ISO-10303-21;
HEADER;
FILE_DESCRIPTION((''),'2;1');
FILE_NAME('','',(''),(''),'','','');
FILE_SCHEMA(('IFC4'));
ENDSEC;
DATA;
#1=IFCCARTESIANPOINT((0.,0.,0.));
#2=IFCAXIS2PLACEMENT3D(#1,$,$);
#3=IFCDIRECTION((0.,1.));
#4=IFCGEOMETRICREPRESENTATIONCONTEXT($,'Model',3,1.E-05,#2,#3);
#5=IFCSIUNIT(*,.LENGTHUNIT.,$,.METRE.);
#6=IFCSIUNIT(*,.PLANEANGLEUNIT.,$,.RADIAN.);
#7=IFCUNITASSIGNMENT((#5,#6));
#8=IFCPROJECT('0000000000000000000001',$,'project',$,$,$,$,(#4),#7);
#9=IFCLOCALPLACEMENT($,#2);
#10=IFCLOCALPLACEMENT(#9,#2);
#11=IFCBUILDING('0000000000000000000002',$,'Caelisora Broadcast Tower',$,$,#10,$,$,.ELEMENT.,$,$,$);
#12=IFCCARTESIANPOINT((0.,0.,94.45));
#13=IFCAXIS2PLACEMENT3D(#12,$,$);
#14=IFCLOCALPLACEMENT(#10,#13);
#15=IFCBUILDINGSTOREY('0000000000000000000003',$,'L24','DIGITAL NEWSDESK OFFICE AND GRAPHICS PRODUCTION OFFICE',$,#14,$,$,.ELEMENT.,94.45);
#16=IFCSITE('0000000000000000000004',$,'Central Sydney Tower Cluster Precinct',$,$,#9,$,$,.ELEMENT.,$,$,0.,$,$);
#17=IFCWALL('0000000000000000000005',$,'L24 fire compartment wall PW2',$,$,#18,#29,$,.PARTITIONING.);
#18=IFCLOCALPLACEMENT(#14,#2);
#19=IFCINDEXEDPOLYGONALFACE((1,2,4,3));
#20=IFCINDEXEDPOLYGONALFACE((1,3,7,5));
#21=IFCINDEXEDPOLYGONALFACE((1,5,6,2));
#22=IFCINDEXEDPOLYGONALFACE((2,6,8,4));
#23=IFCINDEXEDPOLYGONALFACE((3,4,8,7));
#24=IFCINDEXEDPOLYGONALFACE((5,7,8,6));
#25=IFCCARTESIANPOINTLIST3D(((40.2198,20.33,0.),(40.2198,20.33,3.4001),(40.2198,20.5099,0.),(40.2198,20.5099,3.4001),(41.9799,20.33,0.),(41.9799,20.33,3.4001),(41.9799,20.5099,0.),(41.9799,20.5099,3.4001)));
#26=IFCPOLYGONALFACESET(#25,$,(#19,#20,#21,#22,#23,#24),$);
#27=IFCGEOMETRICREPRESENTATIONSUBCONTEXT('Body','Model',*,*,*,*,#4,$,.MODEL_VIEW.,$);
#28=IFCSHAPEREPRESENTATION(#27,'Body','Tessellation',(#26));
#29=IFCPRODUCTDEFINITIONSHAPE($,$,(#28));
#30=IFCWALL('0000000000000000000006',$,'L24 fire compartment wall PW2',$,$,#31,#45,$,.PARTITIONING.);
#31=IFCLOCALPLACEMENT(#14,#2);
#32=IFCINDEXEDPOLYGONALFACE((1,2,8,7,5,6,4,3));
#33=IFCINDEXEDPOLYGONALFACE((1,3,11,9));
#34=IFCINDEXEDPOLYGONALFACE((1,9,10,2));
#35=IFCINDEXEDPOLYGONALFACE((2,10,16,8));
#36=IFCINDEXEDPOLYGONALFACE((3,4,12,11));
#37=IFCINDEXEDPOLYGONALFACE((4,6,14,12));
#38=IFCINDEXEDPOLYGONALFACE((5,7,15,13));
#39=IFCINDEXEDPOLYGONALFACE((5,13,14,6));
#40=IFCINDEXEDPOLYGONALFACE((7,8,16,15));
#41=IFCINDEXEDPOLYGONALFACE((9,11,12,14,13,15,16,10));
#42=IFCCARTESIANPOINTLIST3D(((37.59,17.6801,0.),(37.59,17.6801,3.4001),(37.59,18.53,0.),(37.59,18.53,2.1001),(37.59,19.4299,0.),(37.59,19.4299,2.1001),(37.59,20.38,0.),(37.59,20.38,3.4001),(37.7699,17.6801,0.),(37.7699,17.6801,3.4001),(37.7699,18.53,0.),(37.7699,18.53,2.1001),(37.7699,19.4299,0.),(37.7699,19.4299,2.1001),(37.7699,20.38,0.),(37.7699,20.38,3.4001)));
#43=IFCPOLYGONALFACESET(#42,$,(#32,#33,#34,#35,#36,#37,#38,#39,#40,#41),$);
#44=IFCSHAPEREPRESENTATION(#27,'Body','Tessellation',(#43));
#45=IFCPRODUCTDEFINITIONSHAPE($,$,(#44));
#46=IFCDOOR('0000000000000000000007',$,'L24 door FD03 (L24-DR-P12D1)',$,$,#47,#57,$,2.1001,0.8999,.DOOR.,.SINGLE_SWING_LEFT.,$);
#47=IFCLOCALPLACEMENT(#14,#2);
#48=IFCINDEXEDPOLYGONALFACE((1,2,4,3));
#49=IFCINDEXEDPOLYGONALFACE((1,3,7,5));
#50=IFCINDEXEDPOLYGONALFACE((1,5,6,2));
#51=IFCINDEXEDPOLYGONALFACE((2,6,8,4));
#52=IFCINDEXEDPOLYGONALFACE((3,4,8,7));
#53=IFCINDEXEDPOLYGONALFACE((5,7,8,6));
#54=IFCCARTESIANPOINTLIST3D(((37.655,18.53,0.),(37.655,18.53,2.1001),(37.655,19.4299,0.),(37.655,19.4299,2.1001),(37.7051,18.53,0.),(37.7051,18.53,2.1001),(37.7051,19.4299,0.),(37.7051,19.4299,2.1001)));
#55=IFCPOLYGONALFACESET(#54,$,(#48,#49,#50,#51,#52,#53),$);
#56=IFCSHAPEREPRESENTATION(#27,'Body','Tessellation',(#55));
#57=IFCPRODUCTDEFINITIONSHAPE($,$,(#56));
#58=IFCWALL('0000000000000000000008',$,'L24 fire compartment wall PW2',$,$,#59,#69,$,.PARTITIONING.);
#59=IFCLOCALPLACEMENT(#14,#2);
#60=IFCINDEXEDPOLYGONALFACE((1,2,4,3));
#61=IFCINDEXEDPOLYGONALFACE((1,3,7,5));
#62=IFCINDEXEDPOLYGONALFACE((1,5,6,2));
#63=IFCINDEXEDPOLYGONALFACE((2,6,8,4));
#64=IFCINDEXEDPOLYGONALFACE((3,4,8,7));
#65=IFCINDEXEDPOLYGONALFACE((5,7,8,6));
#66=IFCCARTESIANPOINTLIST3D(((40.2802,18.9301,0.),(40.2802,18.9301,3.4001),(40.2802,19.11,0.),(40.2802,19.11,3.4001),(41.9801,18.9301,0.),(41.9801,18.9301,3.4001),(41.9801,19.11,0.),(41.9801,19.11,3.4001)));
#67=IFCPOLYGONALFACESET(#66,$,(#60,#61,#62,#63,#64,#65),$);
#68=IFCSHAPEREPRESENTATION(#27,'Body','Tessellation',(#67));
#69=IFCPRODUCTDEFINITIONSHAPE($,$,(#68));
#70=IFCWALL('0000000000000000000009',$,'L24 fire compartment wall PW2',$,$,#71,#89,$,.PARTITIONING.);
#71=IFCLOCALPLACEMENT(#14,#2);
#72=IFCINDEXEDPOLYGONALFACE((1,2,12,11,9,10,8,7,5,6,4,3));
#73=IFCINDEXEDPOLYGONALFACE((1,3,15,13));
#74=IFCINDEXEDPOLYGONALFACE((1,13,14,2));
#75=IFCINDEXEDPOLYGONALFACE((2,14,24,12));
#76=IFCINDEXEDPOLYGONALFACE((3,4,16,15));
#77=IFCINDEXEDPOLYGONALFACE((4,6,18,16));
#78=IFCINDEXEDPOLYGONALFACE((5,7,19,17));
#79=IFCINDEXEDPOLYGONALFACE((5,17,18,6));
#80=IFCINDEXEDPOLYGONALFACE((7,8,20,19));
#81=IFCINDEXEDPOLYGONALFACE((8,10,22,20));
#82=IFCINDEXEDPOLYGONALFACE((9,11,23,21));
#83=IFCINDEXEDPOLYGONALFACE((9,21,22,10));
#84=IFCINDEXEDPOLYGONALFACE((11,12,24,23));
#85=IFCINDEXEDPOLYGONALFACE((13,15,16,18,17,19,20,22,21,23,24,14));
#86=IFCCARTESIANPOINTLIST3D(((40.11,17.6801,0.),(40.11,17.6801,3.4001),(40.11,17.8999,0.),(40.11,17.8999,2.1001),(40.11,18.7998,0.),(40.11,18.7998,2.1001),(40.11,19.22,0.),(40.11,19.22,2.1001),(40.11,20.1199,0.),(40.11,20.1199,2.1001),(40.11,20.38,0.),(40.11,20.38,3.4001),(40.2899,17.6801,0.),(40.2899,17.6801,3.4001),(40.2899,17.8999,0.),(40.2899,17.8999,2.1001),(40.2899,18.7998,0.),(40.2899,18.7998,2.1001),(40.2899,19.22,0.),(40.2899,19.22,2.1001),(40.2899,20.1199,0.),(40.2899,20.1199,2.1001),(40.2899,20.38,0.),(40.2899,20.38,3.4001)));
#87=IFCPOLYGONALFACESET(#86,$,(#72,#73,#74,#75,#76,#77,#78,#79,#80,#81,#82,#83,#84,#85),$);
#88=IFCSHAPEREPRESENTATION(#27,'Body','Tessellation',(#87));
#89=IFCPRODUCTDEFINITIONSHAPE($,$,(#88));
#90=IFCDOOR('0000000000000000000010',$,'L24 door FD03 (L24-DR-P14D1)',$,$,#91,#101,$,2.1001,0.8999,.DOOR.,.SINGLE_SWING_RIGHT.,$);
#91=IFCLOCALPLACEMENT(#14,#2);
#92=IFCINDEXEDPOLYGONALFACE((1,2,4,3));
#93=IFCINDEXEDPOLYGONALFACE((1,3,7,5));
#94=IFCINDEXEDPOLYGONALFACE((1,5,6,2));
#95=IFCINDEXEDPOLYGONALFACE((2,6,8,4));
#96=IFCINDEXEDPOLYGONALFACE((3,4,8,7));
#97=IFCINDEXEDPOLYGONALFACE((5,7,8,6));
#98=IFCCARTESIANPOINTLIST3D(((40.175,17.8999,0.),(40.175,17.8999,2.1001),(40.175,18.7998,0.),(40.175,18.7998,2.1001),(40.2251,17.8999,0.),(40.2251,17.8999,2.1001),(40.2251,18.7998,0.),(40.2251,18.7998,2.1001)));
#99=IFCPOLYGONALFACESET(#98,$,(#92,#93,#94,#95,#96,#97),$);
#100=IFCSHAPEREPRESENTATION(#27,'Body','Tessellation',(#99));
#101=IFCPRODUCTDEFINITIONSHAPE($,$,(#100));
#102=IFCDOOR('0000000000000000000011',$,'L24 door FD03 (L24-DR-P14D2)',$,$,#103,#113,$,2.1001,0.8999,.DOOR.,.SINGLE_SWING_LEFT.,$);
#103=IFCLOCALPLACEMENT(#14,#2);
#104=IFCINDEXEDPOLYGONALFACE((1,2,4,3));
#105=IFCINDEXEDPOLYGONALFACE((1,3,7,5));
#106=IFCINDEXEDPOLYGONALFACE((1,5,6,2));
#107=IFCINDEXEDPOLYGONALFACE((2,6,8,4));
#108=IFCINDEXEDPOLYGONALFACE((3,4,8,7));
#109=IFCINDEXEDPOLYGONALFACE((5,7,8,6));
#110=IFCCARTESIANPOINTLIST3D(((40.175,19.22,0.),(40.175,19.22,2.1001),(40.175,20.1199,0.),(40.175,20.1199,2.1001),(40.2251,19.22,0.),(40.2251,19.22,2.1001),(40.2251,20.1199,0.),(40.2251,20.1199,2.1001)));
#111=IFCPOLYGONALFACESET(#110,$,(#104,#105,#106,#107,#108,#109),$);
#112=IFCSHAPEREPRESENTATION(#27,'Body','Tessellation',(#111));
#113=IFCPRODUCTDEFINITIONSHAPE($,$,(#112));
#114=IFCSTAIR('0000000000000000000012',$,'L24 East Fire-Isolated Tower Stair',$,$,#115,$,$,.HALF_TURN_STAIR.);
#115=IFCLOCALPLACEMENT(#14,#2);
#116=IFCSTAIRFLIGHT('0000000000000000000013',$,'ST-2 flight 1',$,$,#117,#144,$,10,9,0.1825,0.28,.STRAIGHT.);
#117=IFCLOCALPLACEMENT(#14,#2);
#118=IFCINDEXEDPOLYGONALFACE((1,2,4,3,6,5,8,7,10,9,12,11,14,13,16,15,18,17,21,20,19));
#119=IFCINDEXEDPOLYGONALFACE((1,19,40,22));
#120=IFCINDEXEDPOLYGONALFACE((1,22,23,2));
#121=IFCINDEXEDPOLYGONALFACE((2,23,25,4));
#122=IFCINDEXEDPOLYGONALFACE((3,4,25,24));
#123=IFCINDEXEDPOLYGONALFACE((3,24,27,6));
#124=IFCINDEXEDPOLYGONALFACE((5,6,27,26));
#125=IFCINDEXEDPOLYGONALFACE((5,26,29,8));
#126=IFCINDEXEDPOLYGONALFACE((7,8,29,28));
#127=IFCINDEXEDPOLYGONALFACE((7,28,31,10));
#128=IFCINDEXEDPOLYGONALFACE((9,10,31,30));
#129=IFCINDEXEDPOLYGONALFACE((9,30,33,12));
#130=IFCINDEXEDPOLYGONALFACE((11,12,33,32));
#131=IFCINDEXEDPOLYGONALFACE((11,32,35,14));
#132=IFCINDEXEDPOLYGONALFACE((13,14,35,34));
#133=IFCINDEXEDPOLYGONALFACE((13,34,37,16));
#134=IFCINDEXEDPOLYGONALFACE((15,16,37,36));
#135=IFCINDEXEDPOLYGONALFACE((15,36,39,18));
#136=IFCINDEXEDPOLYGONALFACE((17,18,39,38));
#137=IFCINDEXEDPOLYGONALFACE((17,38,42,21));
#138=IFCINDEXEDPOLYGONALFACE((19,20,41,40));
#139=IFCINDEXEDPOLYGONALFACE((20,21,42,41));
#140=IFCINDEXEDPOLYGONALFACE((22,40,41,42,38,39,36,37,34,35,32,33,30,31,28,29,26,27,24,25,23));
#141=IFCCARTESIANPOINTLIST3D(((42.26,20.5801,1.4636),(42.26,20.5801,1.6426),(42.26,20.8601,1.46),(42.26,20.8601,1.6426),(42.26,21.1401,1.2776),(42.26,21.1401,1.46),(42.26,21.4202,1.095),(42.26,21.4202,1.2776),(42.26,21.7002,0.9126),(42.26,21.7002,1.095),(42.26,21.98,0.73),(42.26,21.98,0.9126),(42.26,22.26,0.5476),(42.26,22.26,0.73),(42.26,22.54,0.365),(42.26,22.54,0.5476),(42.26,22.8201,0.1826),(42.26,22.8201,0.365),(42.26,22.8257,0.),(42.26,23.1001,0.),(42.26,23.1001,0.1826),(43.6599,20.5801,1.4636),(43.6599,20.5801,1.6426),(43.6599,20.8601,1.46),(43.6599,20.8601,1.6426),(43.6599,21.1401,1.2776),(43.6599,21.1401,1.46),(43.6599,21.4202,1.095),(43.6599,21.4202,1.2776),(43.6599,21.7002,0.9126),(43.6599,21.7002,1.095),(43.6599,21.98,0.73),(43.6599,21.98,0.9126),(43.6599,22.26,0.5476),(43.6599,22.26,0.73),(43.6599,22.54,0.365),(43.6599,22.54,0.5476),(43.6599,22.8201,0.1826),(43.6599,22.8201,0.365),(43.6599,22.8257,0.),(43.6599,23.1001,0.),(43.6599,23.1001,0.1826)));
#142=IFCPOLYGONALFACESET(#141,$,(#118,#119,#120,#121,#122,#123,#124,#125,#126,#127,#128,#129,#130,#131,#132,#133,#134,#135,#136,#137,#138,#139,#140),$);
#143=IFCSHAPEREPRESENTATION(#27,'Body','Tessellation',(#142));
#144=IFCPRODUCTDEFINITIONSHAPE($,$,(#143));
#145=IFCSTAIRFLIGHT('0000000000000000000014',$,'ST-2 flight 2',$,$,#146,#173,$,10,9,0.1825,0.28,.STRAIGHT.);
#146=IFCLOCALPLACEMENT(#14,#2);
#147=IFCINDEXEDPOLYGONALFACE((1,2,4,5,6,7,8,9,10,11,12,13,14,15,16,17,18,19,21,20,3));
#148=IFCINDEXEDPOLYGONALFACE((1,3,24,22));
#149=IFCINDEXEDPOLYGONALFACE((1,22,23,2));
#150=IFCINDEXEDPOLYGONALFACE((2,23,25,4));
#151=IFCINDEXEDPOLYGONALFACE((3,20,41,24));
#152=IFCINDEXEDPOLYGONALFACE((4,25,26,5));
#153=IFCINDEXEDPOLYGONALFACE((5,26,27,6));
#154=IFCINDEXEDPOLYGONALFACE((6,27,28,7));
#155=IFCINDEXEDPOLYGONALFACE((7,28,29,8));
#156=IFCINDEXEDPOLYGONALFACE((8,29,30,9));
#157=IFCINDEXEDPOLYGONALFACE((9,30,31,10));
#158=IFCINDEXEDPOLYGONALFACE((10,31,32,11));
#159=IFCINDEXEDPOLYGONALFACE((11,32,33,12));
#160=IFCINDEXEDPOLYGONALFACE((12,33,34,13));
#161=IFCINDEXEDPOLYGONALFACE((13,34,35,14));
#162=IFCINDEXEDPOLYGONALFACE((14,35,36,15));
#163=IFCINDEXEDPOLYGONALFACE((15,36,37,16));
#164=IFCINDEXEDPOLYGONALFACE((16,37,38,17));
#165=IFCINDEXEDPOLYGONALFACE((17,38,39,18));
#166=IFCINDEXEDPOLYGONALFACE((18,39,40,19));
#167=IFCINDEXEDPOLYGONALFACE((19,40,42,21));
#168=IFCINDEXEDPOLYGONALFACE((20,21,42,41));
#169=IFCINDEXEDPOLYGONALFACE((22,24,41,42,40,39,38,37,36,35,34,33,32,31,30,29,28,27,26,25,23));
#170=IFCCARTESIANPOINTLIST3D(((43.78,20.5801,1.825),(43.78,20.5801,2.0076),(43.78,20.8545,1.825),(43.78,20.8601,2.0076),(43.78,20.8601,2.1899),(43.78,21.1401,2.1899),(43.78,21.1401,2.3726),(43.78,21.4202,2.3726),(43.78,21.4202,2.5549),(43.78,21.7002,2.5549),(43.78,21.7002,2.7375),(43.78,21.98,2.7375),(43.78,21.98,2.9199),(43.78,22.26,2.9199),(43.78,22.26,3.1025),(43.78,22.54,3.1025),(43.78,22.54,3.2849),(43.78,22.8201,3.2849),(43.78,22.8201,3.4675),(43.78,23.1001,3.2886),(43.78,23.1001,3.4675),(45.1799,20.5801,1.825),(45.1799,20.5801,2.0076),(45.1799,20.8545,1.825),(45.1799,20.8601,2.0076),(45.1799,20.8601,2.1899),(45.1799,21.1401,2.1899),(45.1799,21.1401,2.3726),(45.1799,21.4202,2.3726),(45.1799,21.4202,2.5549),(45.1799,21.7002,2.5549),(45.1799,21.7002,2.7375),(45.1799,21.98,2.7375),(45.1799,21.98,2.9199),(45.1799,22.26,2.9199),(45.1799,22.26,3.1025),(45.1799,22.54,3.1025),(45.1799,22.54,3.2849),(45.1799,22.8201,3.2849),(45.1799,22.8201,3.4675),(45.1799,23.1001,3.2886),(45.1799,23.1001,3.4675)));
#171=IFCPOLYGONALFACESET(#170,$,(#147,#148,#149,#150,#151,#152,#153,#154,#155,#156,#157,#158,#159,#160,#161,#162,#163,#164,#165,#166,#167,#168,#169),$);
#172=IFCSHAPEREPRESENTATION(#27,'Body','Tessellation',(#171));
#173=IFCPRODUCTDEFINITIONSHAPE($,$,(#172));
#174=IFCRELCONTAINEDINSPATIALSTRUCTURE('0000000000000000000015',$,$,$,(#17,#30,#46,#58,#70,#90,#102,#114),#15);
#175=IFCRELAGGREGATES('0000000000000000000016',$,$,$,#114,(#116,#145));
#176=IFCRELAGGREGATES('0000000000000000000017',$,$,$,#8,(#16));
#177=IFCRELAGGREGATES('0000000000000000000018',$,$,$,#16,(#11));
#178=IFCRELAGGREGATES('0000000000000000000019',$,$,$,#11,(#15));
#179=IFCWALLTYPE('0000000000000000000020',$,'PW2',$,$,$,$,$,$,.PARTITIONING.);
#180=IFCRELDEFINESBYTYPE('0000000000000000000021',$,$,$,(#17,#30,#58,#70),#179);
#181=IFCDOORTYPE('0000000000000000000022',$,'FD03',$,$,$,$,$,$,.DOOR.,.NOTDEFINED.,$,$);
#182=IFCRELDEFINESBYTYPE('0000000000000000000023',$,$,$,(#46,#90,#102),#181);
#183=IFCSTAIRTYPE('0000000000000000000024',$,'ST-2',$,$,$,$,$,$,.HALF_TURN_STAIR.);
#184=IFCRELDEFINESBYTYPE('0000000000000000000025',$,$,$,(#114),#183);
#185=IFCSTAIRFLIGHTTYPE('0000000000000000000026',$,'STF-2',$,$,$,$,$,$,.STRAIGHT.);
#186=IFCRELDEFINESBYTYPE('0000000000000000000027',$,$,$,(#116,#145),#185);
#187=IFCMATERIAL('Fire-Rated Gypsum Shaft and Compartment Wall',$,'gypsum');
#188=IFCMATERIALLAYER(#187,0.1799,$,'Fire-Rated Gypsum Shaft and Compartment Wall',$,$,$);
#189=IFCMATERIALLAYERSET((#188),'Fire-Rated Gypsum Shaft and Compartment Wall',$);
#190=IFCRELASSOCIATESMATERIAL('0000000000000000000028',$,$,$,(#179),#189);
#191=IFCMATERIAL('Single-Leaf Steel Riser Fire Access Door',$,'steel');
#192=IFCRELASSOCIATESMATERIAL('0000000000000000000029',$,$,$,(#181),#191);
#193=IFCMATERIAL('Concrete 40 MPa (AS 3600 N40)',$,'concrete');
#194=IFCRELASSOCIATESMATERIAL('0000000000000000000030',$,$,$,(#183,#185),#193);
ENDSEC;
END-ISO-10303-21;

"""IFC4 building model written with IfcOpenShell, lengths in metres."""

from ifc_helpers import new_model, si_unit, direction, frame, frame_2d, origin, place, context, subcontext, project, spatial, polyline, rectangle, outline, extrude, material, layer, layer_set, type_object, element, fill, aggregate, save


model = new_model("IFC4")

# Units and contexts
model_context = context("Model", 3, precision=1e-05, world=origin(), true_north=direction((0.0, 1.0)))
body_context = subcontext(model_context, "Body", "Model", "MODEL_VIEW")
ifc_project = project(units=[si_unit("LENGTHUNIT", "METRE"), si_unit("PLANEANGLEUNIT", "RADIAN")], contexts=[model_context])

# Site, building, storey
site_placement = place(None, origin())
site = spatial("IfcSite", under=ifc_project, at=site_placement, Name="Central Sydney Tower Cluster Precinct", CompositionType="ELEMENT", RefElevation=0.0)
building_placement = place(site_placement, origin())
building = spatial("IfcBuilding", under=site, at=building_placement, Name="Caelisora Broadcast Tower", CompositionType="ELEMENT")
storey_placement = place(building_placement, frame((0.0, 0.0, 94.45)))
storey = spatial("IfcBuildingStorey", under=building, at=storey_placement, Name="L24", Description="DIGITAL NEWSDESK OFFICE AND GRAPHICS PRODUCTION OFFICE", CompositionType="ELEMENT", Elevation=94.45)

# Shared definitions
ifc_material_1 = material(Name="Fire-Rated Gypsum Shaft and Compartment Wall", Category="gypsum")
ifc_layer_1 = layer(ifc_material_1, 0.1799, Name="Fire-Rated Gypsum Shaft and Compartment Wall")
ifc_layer_set_1 = layer_set([ifc_layer_1], Name="Fire-Rated Gypsum Shaft and Compartment Wall")
wall_type_1 = type_object("IfcWallType", Name="PW2", PredefinedType="PARTITIONING", material=ifc_layer_set_1)

# Wall
wall_1_placement = place(storey_placement, frame((40.22, 20.4199, 0.0), z_axis=(0.0, 0.0, 1.0), x_axis=(1.0, 0.0, 0.0)))
element("IfcWall", 1, at=wall_1_placement, inside=storey, type_object=wall_type_1, Name="L24 fire compartment wall PW2", PredefinedType="PARTITIONING", context=body_context, shape_type="SweptSolid", body=[
    extrude(rectangle(XDim=1.76, YDim=0.1799, at=frame_2d((0.8799, 0.0))), origin(), (0.0, 0.0, 1.0), 3.4001),
])

# Wall, opening, door
wall_2_placement = place(storey_placement, frame((37.6799, 17.6799, 0.0), z_axis=(0.0, 0.0, 1.0), x_axis=(0.0, 1.0, 0.0)))
wall_2 = element("IfcWall", 2, at=wall_2_placement, inside=storey, type_object=wall_type_1, Name="L24 fire compartment wall PW2", PredefinedType="PARTITIONING", context=body_context, shape_type="SweptSolid", body=[
    extrude(rectangle(XDim=2.7, YDim=0.1799, at=frame_2d((1.3501, 0.0))), origin(), (0.0, 0.0, 1.0), 3.4001),
])
opening_1_placement = place(wall_2_placement, frame((0.8501, 0.0, 0.0)))
opening_1 = element("IfcOpeningElement", 3, at=opening_1_placement, cuts=wall_2, PredefinedType="OPENING", context=body_context, shape_type="SweptSolid", body=[
    extrude(rectangle(XDim=0.8999, YDim=2.1001, at=frame_2d((0.45, 1.05))), frame((0.0, 0.1021, 0.0), z_axis=(0.0, -1.0, 0.0), x_axis=(1.0, 0.0, 0.0)), (0.0, 0.0, 1.0), 0.2039),
])
ifc_material_2 = material(Name="Single-Leaf Steel Riser Fire Access Door", Category="steel")
door_type_1 = type_object("IfcDoorType", Name="FD03", OperationType="NOTDEFINED", PredefinedType="DOOR", material=ifc_material_2)
door_1_placement = place(opening_1_placement, origin())
door_1 = element("IfcDoor", 4, at=door_1_placement, inside=storey, type_object=door_type_1, Name="L24 door FD03 (L24-DR-P12D1)", OperationType="SINGLE_SWING_LEFT", OverallHeight=2.1001, OverallWidth=0.8999, PredefinedType="DOOR", context=body_context, shape_type="SweptSolid", body=[
    extrude(rectangle(XDim=0.8999, YDim=2.1001, at=frame_2d((0.45, 1.05))), frame((0.0, 0.0249, 0.0), z_axis=(0.0, -1.0, 0.0), x_axis=(1.0, 0.0, 0.0)), (0.0, 0.0, 1.0), 0.05),
])
fill(opening_1, door_1)

# Wall
wall_3_placement = place(storey_placement, frame((40.28, 19.02, 0.0), z_axis=(0.0, 0.0, 1.0), x_axis=(1.0, 0.0, 0.0)))
element("IfcWall", 5, at=wall_3_placement, inside=storey, type_object=wall_type_1, Name="L24 fire compartment wall PW2", PredefinedType="PARTITIONING", context=body_context, shape_type="SweptSolid", body=[
    extrude(rectangle(XDim=1.7, YDim=0.1799, at=frame_2d((0.8501, 0.0))), origin(), (0.0, 0.0, 1.0), 3.4001),
])

# Wall, openings, doors
wall_4_placement = place(storey_placement, frame((40.2, 17.6799, 0.0), z_axis=(0.0, 0.0, 1.0), x_axis=(0.0, 1.0, 0.0)))
wall_4 = element("IfcWall", 6, at=wall_4_placement, inside=storey, type_object=wall_type_1, Name="L24 fire compartment wall PW2", PredefinedType="PARTITIONING", context=body_context, shape_type="SweptSolid", body=[
    extrude(rectangle(XDim=2.7, YDim=0.1799, at=frame_2d((1.3501, 0.0))), origin(), (0.0, 0.0, 1.0), 3.4001),
])
opening_2_placement = place(wall_4_placement, frame((0.22, 0.0, 0.0)))
opening_2 = element("IfcOpeningElement", 7, at=opening_2_placement, cuts=wall_4, PredefinedType="OPENING", context=body_context, shape_type="SweptSolid", body=[
    extrude(rectangle(XDim=0.8999, YDim=2.1001, at=frame_2d((0.45, 1.05))), frame((0.0, 0.1021, 0.0), z_axis=(0.0, -1.0, 0.0), x_axis=(1.0, 0.0, 0.0)), (0.0, 0.0, 1.0), 0.2039),
])
opening_3_placement = place(wall_4_placement, frame((1.54, 0.0, 0.0)))
opening_3 = element("IfcOpeningElement", 8, at=opening_3_placement, cuts=wall_4, PredefinedType="OPENING", context=body_context, shape_type="SweptSolid", body=[
    extrude(rectangle(XDim=0.8999, YDim=2.1001, at=frame_2d((0.45, 1.05))), frame((0.0, 0.1021, 0.0), z_axis=(0.0, -1.0, 0.0), x_axis=(1.0, 0.0, 0.0)), (0.0, 0.0, 1.0), 0.2039),
])
door_2_placement = place(opening_2_placement, origin())
door_2 = element("IfcDoor", 9, at=door_2_placement, inside=storey, type_object=door_type_1, Name="L24 door FD03 (L24-DR-P14D1)", OperationType="SINGLE_SWING_RIGHT", OverallHeight=2.1001, OverallWidth=0.8999, PredefinedType="DOOR", context=body_context, shape_type="SweptSolid", body=[
    extrude(rectangle(XDim=0.8999, YDim=2.1001, at=frame_2d((0.45, 1.05))), frame((0.0, 0.0249, 0.0), z_axis=(0.0, -1.0, 0.0), x_axis=(1.0, 0.0, 0.0)), (0.0, 0.0, 1.0), 0.05),
])
fill(opening_2, door_2)
door_3_placement = place(opening_3_placement, origin())
door_3 = element("IfcDoor", 10, at=door_3_placement, inside=storey, type_object=door_type_1, Name="L24 door FD03 (L24-DR-P14D2)", OperationType="SINGLE_SWING_LEFT", OverallHeight=2.1001, OverallWidth=0.8999, PredefinedType="DOOR", context=body_context, shape_type="SweptSolid", body=[
    extrude(rectangle(XDim=0.8999, YDim=2.1001, at=frame_2d((0.45, 1.05))), frame((0.0, 0.0249, 0.0), z_axis=(0.0, -1.0, 0.0), x_axis=(1.0, 0.0, 0.0)), (0.0, 0.0, 1.0), 0.05),
])
fill(opening_3, door_3)

# Stair, stair flights
ifc_material_3 = material(Name="Concrete 40 MPa (AS 3600 N40)", Category="concrete")
stair_type = type_object("IfcStairType", Name="ST-2", PredefinedType="HALF_TURN_STAIR", material=ifc_material_3)
stair_placement = place(storey_placement, origin())
stair = element("IfcStair", 11, at=stair_placement, inside=storey, type_object=stair_type, Name="L24 East Fire-Isolated Tower Stair", PredefinedType="HALF_TURN_STAIR")
stair_flight_type = type_object("IfcStairFlightType", Name="STF-2", PredefinedType="STRAIGHT", material=ifc_material_3)
stair_flight_1_placement = place(storey_placement, frame((42.96, 23.1001, 0.0), z_axis=(0.0, 0.0, 1.0), x_axis=(0.0, -1.0, 0.0)))
stair_flight_1 = element("IfcStairFlight", 12, at=stair_flight_1_placement, type_object=stair_flight_type, Name="ST-2 flight 1", NumberOfRisers=10, NumberOfTreads=9, PredefinedType="STRAIGHT", RiserHeight=0.1825, TreadLength=0.28, context=body_context, shape_type="SweptSolid", body=[
    extrude(outline(polyline([(0.0, 0.0), (0.0, 0.1826), (0.28, 0.1826), (0.28, 0.365), (0.5601, 0.365), (0.5601, 0.5476), (0.8401, 0.5476), (0.8401, 0.73), (1.1201, 0.73), (1.1201, 0.9126), (1.3999, 0.9126), (1.3999, 1.095), (1.6799, 1.095), (1.6799, 1.2776), (1.96, 1.2776), (1.96, 1.46), (2.24, 1.46), (2.24, 1.6426), (2.52, 1.6426), (2.52, 1.825), (2.52, 1.4636), (0.2744, 0.0), (0.0, 0.0)])), frame((0.0, 0.7, 0.0), z_axis=(0.0, -1.0, 0.0), x_axis=(1.0, 0.0, 0.0)), (0.0, 0.0, 1.0), 1.3999),
])
stair_flight_2_placement = place(storey_placement, frame((44.48, 20.5801, 1.825), z_axis=(0.0, 0.0, 1.0), x_axis=(0.0, 1.0, 0.0)))
stair_flight_2 = element("IfcStairFlight", 13, at=stair_flight_2_placement, type_object=stair_flight_type, Name="ST-2 flight 2", NumberOfRisers=10, NumberOfTreads=9, PredefinedType="STRAIGHT", RiserHeight=0.1825, TreadLength=0.28, context=body_context, shape_type="SweptSolid", body=[
    extrude(outline(polyline([(0.0, 0.0), (0.0, 0.1826), (0.28, 0.1826), (0.28, 0.365), (0.5601, 0.365), (0.5601, 0.5476), (0.8401, 0.5476), (0.8401, 0.73), (1.1201, 0.73), (1.1201, 0.9126), (1.3999, 0.9126), (1.3999, 1.095), (1.6799, 1.095), (1.6799, 1.2776), (1.96, 1.2776), (1.96, 1.46), (2.24, 1.46), (2.24, 1.6426), (2.52, 1.6426), (2.52, 1.825), (2.52, 1.4636), (0.2744, 0.0), (0.0, 0.0)])), frame((0.0, 0.7, 0.0), z_axis=(0.0, -1.0, 0.0), x_axis=(1.0, 0.0, 0.0)), (0.0, 0.0, 1.0), 1.3999),
])
aggregate(stair, [stair_flight_1, stair_flight_2])

save(model, "model.ifc")
